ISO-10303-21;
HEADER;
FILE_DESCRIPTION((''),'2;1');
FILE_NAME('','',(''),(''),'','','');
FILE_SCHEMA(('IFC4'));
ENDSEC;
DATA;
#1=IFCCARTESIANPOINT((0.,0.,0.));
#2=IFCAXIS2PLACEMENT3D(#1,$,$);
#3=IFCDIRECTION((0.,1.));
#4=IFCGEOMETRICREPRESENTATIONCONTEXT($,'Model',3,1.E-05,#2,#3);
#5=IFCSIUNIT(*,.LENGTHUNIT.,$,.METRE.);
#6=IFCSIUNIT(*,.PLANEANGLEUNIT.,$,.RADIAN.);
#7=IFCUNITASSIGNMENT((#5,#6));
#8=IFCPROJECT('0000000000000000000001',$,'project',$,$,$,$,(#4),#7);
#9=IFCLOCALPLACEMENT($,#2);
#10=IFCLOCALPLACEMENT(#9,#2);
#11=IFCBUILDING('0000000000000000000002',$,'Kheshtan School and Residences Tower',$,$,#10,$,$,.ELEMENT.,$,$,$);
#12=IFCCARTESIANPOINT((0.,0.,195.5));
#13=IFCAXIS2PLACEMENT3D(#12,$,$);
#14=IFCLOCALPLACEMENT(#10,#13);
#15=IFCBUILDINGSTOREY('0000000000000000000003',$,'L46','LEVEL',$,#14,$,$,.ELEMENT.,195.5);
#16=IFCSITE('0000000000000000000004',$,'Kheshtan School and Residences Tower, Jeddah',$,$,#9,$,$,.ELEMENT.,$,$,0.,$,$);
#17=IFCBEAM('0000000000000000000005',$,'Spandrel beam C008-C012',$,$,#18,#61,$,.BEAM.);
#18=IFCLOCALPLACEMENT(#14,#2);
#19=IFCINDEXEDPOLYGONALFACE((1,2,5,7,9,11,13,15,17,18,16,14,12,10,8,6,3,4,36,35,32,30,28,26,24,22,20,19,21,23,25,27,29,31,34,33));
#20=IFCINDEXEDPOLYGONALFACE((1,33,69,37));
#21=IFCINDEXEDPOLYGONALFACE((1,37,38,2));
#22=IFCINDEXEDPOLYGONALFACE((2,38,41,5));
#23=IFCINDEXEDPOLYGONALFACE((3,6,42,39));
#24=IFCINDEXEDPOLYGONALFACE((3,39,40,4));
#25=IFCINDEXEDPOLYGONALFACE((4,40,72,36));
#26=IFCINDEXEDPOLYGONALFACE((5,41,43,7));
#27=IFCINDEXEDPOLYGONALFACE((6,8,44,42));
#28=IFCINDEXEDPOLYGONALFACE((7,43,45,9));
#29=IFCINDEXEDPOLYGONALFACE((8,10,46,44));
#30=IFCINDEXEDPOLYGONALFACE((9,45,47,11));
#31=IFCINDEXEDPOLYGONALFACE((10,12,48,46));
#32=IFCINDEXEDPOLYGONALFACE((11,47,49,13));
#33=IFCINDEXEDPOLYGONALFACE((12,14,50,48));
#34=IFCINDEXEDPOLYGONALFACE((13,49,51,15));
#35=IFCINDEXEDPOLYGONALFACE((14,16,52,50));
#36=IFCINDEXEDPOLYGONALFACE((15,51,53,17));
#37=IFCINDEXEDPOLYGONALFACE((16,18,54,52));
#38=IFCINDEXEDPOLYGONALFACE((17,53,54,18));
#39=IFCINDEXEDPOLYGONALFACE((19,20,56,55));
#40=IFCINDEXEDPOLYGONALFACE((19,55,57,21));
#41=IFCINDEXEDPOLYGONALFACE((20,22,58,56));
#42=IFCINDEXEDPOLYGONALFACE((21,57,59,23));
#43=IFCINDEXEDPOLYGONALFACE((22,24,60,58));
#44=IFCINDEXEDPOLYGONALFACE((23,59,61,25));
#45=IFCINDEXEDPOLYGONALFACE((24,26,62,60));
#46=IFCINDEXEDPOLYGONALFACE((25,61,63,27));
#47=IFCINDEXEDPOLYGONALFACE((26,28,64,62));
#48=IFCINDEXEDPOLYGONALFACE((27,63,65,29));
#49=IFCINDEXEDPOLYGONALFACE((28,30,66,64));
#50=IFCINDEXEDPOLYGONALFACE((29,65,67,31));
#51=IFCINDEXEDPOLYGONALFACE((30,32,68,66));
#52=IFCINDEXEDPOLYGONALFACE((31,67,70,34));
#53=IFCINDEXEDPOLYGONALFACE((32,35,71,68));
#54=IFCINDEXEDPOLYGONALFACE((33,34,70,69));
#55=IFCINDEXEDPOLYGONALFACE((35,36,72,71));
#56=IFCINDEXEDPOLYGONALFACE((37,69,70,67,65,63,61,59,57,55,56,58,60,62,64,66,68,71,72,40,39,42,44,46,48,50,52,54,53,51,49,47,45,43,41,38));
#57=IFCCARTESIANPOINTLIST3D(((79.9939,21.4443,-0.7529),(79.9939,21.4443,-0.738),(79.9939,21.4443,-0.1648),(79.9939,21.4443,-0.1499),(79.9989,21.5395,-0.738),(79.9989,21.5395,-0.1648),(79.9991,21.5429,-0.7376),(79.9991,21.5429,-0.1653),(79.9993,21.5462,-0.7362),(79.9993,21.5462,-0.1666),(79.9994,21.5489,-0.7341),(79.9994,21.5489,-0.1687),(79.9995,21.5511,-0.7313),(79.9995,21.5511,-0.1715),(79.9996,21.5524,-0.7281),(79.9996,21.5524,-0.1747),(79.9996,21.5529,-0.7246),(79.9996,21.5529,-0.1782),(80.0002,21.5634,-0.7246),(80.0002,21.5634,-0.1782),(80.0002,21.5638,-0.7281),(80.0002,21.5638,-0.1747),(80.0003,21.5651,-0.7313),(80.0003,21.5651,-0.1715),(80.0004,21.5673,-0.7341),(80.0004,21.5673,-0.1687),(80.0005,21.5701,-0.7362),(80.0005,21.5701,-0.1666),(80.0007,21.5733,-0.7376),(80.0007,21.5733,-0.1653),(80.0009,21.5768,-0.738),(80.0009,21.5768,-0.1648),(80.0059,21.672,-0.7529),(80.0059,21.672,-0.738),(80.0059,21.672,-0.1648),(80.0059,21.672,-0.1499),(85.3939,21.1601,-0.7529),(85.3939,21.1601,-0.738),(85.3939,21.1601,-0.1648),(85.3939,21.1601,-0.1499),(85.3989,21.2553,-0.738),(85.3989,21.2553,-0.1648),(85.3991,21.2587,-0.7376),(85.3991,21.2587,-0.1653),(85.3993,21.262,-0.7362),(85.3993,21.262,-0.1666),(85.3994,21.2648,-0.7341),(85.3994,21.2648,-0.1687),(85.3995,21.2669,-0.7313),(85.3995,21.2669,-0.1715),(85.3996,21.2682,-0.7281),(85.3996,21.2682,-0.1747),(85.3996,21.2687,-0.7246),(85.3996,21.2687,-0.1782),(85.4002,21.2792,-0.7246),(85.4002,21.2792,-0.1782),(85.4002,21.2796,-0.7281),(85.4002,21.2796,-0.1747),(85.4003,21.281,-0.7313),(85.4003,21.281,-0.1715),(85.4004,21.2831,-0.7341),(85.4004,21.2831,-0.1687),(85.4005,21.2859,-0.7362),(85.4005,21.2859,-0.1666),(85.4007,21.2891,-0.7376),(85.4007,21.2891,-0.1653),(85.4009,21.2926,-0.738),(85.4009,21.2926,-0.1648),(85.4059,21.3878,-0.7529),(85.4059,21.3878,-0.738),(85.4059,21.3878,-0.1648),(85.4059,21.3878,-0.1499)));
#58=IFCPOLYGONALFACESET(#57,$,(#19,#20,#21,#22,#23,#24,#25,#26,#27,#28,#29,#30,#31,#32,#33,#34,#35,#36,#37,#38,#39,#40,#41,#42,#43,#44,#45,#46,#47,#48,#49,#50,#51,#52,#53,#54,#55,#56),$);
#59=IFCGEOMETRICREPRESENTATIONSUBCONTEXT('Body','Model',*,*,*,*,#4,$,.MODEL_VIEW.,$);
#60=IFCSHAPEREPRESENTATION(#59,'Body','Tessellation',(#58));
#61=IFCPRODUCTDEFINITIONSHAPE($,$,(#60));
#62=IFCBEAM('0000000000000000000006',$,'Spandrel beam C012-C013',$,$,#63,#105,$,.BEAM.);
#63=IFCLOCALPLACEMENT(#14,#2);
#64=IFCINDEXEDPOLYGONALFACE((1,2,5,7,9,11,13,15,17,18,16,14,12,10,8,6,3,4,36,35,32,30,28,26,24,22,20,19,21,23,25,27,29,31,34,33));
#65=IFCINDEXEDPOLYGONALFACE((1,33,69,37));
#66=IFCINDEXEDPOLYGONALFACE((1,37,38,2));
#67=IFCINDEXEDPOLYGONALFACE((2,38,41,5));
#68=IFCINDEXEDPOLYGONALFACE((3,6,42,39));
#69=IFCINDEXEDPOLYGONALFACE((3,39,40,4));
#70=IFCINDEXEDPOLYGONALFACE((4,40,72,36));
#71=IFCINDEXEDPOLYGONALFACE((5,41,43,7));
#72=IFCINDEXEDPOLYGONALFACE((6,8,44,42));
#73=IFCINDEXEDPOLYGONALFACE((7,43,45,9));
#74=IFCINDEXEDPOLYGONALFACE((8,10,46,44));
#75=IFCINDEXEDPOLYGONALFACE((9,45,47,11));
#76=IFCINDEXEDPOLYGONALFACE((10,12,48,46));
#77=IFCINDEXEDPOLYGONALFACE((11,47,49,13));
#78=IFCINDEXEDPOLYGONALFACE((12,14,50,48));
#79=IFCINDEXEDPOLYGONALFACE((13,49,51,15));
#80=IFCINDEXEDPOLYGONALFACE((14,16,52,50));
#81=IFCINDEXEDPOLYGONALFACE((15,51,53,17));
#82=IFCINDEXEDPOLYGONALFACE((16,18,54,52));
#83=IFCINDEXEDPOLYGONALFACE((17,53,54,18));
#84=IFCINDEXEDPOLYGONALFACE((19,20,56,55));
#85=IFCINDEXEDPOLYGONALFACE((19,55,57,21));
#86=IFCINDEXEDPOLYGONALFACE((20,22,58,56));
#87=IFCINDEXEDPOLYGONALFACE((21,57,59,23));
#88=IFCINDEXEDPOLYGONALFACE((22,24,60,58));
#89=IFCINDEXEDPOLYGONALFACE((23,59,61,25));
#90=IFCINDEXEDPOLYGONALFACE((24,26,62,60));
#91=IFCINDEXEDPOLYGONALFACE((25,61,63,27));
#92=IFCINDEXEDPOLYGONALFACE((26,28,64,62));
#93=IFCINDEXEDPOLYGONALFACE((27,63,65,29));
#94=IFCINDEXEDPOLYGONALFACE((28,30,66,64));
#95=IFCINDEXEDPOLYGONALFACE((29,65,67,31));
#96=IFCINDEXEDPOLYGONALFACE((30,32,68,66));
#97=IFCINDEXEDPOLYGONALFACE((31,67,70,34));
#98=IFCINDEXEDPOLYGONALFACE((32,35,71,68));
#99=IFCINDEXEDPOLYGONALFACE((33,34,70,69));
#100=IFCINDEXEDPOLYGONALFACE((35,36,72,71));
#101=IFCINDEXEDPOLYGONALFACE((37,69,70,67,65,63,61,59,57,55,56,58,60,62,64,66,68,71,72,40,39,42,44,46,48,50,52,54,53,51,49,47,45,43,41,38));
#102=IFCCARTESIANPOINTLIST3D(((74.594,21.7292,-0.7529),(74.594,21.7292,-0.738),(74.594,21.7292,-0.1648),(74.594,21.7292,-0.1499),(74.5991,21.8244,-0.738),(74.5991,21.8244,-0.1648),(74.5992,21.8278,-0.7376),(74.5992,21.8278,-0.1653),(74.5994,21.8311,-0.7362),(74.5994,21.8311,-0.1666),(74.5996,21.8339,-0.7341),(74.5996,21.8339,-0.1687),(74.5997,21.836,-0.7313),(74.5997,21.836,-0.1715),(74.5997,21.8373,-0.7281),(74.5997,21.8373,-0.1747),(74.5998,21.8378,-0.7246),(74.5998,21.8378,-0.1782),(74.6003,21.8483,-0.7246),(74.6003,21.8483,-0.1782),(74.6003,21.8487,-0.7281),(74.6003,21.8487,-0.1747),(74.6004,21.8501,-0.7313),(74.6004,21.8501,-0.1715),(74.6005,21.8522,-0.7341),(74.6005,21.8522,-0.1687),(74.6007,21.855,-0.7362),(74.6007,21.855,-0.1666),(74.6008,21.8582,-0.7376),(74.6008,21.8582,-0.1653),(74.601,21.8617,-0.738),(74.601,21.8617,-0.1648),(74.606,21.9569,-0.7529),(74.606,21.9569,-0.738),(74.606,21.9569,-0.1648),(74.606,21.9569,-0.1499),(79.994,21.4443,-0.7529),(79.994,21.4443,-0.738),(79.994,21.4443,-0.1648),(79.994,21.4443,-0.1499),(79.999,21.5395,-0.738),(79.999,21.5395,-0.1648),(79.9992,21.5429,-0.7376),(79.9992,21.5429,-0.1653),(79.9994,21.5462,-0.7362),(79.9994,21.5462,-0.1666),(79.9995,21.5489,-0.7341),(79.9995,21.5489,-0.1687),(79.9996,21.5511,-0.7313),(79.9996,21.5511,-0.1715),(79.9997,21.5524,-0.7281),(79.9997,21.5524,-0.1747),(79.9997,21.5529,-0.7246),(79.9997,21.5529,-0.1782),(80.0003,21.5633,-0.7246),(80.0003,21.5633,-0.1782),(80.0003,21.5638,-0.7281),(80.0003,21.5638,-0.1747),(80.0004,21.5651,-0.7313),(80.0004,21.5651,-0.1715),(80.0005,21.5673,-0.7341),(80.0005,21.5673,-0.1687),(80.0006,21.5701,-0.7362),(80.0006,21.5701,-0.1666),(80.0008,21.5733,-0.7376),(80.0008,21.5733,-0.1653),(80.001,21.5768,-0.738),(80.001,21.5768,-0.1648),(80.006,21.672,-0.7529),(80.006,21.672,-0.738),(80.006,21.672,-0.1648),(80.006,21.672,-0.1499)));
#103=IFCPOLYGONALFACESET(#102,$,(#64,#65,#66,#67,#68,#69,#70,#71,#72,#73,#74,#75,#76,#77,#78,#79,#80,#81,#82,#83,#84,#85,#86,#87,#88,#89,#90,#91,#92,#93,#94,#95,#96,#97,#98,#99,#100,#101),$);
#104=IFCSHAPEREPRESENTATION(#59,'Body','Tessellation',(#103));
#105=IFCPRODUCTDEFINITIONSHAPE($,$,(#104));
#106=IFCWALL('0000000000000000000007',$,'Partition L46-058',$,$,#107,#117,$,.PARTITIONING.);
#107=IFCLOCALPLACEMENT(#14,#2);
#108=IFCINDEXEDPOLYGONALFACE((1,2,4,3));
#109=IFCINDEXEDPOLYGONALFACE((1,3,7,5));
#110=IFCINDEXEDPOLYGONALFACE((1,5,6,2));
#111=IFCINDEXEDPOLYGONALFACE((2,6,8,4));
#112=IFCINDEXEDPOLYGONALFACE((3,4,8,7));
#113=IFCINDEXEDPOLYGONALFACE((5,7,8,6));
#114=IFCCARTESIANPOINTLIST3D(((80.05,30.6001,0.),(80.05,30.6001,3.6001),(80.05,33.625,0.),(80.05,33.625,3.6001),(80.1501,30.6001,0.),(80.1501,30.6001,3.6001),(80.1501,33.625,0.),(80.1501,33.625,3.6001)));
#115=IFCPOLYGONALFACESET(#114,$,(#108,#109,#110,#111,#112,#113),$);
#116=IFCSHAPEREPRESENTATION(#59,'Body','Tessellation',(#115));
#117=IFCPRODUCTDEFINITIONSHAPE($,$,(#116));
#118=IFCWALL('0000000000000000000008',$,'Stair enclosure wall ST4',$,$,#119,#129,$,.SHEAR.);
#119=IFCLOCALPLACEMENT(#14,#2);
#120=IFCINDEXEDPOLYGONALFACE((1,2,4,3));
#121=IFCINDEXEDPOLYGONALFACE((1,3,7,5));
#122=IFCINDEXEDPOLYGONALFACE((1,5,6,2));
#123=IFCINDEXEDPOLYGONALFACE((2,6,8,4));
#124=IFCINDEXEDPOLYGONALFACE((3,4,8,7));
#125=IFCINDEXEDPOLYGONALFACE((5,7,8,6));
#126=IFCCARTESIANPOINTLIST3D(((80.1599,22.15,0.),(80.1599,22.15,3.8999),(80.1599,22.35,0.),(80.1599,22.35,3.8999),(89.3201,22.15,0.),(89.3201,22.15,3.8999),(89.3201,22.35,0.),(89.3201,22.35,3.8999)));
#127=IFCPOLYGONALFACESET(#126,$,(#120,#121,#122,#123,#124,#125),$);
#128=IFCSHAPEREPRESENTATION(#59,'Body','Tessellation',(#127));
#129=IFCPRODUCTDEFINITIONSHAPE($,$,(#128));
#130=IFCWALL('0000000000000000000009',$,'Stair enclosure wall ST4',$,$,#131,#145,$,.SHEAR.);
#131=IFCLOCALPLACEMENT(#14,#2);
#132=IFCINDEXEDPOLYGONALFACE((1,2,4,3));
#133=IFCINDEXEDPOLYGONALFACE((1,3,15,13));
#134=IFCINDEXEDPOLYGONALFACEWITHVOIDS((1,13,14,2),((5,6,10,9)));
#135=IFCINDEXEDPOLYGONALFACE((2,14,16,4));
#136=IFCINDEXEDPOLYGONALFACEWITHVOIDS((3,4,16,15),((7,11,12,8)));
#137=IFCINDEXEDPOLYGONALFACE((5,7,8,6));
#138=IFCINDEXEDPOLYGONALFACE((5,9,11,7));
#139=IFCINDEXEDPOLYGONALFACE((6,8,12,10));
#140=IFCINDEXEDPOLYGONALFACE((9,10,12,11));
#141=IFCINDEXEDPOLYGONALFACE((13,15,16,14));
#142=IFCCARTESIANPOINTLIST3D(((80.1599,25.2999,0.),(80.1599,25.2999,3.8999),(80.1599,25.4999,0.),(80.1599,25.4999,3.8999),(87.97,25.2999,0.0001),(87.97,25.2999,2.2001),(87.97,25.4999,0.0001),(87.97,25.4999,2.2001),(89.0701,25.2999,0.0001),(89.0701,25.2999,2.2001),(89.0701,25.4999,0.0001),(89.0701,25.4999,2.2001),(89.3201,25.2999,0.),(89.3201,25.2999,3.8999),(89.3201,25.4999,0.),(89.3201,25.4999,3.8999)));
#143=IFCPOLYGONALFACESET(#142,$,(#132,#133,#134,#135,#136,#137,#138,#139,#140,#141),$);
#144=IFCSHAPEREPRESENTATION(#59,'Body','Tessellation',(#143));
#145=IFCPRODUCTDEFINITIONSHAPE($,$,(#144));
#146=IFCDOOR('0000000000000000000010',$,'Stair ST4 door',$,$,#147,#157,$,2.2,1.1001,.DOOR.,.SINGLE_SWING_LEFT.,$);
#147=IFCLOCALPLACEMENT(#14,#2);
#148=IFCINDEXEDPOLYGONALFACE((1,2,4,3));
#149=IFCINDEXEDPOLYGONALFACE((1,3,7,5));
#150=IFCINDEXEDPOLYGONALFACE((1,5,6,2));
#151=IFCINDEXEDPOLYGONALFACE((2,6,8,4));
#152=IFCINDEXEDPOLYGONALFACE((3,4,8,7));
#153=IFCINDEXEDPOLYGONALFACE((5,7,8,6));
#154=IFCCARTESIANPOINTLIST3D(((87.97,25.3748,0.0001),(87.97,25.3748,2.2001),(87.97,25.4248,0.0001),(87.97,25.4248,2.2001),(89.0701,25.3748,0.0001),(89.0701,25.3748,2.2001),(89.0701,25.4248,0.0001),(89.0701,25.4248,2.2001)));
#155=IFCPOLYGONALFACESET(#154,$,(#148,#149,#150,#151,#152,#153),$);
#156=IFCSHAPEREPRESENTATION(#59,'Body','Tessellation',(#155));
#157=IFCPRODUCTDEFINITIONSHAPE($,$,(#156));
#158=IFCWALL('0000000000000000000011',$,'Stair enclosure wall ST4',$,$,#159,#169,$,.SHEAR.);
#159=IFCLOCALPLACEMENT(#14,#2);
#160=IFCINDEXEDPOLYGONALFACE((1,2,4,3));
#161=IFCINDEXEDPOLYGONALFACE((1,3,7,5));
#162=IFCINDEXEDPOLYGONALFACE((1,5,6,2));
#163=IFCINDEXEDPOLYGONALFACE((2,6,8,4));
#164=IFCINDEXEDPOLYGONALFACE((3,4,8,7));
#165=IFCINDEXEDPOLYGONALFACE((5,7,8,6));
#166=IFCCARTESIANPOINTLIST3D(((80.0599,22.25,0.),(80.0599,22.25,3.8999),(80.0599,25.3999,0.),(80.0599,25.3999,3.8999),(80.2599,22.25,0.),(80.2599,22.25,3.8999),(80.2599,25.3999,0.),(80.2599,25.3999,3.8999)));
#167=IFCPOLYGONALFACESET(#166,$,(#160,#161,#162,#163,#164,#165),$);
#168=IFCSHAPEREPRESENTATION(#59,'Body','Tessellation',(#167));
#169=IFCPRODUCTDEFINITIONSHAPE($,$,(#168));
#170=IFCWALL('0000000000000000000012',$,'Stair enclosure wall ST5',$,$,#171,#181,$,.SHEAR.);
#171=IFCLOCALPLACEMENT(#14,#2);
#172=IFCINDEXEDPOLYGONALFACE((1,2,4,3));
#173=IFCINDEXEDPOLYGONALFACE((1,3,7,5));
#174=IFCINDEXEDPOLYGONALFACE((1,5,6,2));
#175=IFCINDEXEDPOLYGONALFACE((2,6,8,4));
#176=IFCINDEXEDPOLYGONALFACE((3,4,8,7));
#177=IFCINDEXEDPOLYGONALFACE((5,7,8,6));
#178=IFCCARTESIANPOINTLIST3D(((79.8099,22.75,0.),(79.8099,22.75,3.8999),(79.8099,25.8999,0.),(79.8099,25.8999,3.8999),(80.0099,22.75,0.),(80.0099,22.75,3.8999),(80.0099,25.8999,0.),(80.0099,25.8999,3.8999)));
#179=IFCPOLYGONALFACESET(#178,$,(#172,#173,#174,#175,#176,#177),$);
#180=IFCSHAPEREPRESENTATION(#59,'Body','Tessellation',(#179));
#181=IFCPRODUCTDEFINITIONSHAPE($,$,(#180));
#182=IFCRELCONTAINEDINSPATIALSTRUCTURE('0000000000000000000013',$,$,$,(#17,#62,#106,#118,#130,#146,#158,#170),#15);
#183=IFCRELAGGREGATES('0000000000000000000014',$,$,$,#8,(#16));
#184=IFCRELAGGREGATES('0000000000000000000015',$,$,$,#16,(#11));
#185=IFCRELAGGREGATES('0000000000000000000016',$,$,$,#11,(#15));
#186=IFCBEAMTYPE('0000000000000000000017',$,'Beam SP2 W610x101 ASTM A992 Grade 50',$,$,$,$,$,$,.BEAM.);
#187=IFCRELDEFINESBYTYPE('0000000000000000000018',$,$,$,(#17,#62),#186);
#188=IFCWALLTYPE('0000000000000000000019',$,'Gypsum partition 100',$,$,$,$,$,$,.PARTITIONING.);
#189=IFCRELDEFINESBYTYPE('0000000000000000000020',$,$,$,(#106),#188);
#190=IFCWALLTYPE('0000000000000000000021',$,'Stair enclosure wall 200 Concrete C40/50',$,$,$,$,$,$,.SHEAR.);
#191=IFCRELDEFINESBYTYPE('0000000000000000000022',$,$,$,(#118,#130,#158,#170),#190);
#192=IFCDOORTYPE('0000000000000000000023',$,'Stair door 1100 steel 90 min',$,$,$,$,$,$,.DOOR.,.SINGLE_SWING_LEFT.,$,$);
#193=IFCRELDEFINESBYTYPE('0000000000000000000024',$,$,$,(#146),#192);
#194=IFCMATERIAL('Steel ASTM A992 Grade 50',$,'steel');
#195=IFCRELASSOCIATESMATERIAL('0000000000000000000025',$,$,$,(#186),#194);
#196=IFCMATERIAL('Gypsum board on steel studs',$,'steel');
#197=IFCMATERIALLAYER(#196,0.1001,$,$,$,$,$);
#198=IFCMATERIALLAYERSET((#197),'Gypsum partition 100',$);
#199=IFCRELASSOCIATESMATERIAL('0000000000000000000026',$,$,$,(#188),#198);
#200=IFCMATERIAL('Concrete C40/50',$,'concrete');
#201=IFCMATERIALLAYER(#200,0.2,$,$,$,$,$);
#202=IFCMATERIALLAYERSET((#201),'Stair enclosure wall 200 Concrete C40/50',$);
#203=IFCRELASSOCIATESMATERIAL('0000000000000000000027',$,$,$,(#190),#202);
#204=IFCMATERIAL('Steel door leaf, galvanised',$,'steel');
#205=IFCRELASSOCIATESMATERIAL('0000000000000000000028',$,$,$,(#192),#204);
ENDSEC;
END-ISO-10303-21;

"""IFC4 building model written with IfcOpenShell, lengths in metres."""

from ifc_helpers import new_model, si_unit, direction, frame, frame_2d, origin, origin_2d, place, context, subcontext, project, spatial, rectangle, i_section, extrude, source, transform, mapped, material, layer, layer_set, material_profile, profile_set, type_object, element, fill, save


model = new_model("IFC4")

# Units and contexts
model_context = context("Model", 3, precision=1e-05, world=origin(), true_north=direction((0.0, 1.0)))
body_context = subcontext(model_context, "Body", "Model", "MODEL_VIEW")
ifc_project = project(units=[si_unit("LENGTHUNIT", "METRE"), si_unit("PLANEANGLEUNIT", "RADIAN")], contexts=[model_context])

# Site, building, storey
site_placement = place(None, origin())
site = spatial("IfcSite", under=ifc_project, at=site_placement, Name="Kheshtan School and Residences Tower, Jeddah", CompositionType="ELEMENT", RefElevation=0.0)
building_placement = place(site_placement, origin())
building = spatial("IfcBuilding", under=site, at=building_placement, Name="Kheshtan School and Residences Tower", CompositionType="ELEMENT")
storey_placement = place(building_placement, frame((0.0, 0.0, 195.5)))
storey = spatial("IfcBuildingStorey", under=building, at=storey_placement, Name="L46", Description="LEVEL", CompositionType="ELEMENT", Elevation=195.5)

# Shared definitions
ifc_material_1 = material(Name="Steel ASTM A992 Grade 50", Category="steel")

# Beams
ifc_material_profile_1 = material_profile(ifc_material_1, i_section(OverallWidth=0.228, OverallDepth=0.603, WebThickness=0.0105, FlangeThickness=0.0149, FilletRadius=0.0134, at=origin_2d()), Name="W610x101")
ifc_profile_set_1 = profile_set([ifc_material_profile_1], Name="Steel ASTM A992 Grade 50")
beam_type = type_object("IfcBeamType", Name="Beam SP2 W610x101 ASTM A992 Grade 50", PredefinedType="BEAM", material=ifc_profile_set_1)
for number, where, z_axis, x_axis, name in (
    (1, (85.3999, 21.2739, -0.4514), (-0.998618, 0.052554, 0.0), (-0.052554, -0.998618, 0.0), "Spandrel beam C008-C012"),
    (2, (80.0, 21.5581, -0.4514), (-0.998611, 0.052689, 0.0), (-0.052689, -0.998611, 0.0), "Spandrel beam C012-C013"),
):
    element("IfcBeam", number, at=place(storey_placement, frame(where, z_axis=z_axis, x_axis=x_axis)), inside=storey, type_object=beam_type, Name=name, PredefinedType="BEAM", context=body_context, shape_type="SweptSolid", body=[
        extrude(i_section(OverallWidth=0.228, OverallDepth=0.603, WebThickness=0.0105, FlangeThickness=0.0149, FilletRadius=0.0134, at=origin_2d()), origin(), (0.0, 0.0, 1.0), 5.4075),
    ])

# Walls
ifc_material_2 = material(Name="Gypsum board on steel studs", Category="steel")
ifc_layer_1 = layer(ifc_material_2, 0.1001)
ifc_layer_set_1 = layer_set([ifc_layer_1], Name="Gypsum partition 100")
wall_type_1 = type_object("IfcWallType", Name="Gypsum partition 100", PredefinedType="PARTITIONING", material=ifc_layer_set_1)
wall_1_placement = place(storey_placement, frame((80.1001, 30.6001, 0.0), z_axis=(0.0, 0.0, 1.0), x_axis=(0.0, 1.0, 0.0)))
element("IfcWall", 3, at=wall_1_placement, inside=storey, type_object=wall_type_1, Name="Partition L46-058", PredefinedType="PARTITIONING", context=body_context, shape_type="SweptSolid", body=[
    extrude(rectangle(XDim=3.0249, YDim=0.1001, at=frame_2d((1.5125, 0.0))), origin(), (0.0, 0.0, 1.0), 3.6001),
])
ifc_material_3 = material(Name="Concrete C40/50", Category="concrete")
ifc_layer_2 = layer(ifc_material_3, 0.2)
ifc_layer_set_2 = layer_set([ifc_layer_2], Name="Stair enclosure wall 200 Concrete C40/50")
wall_type_2 = type_object("IfcWallType", Name="Stair enclosure wall 200 Concrete C40/50", PredefinedType="SHEAR", material=ifc_layer_set_2)
wall_2_placement = place(storey_placement, frame((80.1599, 22.25, 0.0), z_axis=(0.0, 0.0, 1.0), x_axis=(1.0, 0.0, 0.0)))
element("IfcWall", 4, at=wall_2_placement, inside=storey, type_object=wall_type_2, Name="Stair enclosure wall ST4", PredefinedType="SHEAR", context=body_context, shape_type="SweptSolid", body=[
    extrude(rectangle(XDim=9.1602, YDim=0.2, at=frame_2d((4.5801, 0.0))), origin(), (0.0, 0.0, 1.0), 3.8999),
])

# Wall, opening, door
wall_3_placement = place(storey_placement, frame((80.1599, 25.3999, 0.0), z_axis=(0.0, 0.0, 1.0), x_axis=(1.0, 0.0, 0.0)))
wall_3 = element("IfcWall", 5, at=wall_3_placement, inside=storey, type_object=wall_type_2, Name="Stair enclosure wall ST4", PredefinedType="SHEAR", context=body_context, shape_type="SweptSolid", body=[
    extrude(rectangle(XDim=9.1602, YDim=0.2, at=frame_2d((4.5801, 0.0))), origin(), (0.0, 0.0, 1.0), 3.8999),
])
opening_placement = place(wall_3_placement, frame((7.8101, 0.0, 0.0)))
opening = element("IfcOpeningElement", 6, at=opening_placement, cuts=wall_3, PredefinedType="OPENING", context=body_context, shape_type="SweptSolid", body=[
    extrude(rectangle(XDim=1.1001, YDim=2.2, at=frame_2d((0.55, 1.1001))), frame((0.0, 0.1099, 0.0), z_axis=(0.0, -1.0, 0.0), x_axis=(1.0, 0.0, 0.0)), (0.0, 0.0, 1.0), 0.22),
])
ifc_material_4 = material(Name="Steel door leaf, galvanised", Category="steel")
door_type = type_object("IfcDoorType", Name="Stair door 1100 steel 90 min", OperationType="SINGLE_SWING_LEFT", PredefinedType="DOOR", material=ifc_material_4)
shared_shape = source(origin(), body_context, "Body", "SweptSolid", [
    extrude(rectangle(XDim=1.1001, YDim=2.2, at=frame_2d((0.55, 1.1001))), frame((0.0, 0.0249, 0.0), z_axis=(0.0, -1.0, 0.0), x_axis=(1.0, 0.0, 0.0)), (0.0, 0.0, 1.0), 0.05),
])
door_placement = place(opening_placement, origin())
door = element("IfcDoor", 7, at=door_placement, inside=storey, type_object=door_type, Name="Stair ST4 door", OperationType="SINGLE_SWING_LEFT", OverallHeight=2.2, OverallWidth=1.1001, PredefinedType="DOOR", context=body_context, shape_type="MappedRepresentation", body=[
    mapped(shared_shape, transform((0.0, 0.0, 0.0), x_axis=(1.0, 0.0, 0.0), y_axis=(0.0, 1.0, 0.0), z_axis=(0.0, 0.0, 1.0), scale=1.0)),
])
fill(opening, door)

# Walls
for number, where, z_axis, x_axis, name in (
    (8, (80.1599, 22.25, 0.0), (0.0, 0.0, 1.0), (0.0, 1.0, 0.0), "Stair enclosure wall ST4"),
    (9, (79.9099, 22.75, 0.0), (0.0, 0.0, 1.0), (0.0, 1.0, 0.0), "Stair enclosure wall ST5"),
):
    element("IfcWall", number, at=place(storey_placement, frame(where, z_axis=z_axis, x_axis=x_axis)), inside=storey, type_object=wall_type_2, Name=name, PredefinedType="SHEAR", context=body_context, shape_type="SweptSolid", body=[
        extrude(rectangle(XDim=3.1499, YDim=0.2, at=frame_2d((1.575, 0.0))), origin(), (0.0, 0.0, 1.0), 3.8999),
    ])

save(model, "model.ifc")
